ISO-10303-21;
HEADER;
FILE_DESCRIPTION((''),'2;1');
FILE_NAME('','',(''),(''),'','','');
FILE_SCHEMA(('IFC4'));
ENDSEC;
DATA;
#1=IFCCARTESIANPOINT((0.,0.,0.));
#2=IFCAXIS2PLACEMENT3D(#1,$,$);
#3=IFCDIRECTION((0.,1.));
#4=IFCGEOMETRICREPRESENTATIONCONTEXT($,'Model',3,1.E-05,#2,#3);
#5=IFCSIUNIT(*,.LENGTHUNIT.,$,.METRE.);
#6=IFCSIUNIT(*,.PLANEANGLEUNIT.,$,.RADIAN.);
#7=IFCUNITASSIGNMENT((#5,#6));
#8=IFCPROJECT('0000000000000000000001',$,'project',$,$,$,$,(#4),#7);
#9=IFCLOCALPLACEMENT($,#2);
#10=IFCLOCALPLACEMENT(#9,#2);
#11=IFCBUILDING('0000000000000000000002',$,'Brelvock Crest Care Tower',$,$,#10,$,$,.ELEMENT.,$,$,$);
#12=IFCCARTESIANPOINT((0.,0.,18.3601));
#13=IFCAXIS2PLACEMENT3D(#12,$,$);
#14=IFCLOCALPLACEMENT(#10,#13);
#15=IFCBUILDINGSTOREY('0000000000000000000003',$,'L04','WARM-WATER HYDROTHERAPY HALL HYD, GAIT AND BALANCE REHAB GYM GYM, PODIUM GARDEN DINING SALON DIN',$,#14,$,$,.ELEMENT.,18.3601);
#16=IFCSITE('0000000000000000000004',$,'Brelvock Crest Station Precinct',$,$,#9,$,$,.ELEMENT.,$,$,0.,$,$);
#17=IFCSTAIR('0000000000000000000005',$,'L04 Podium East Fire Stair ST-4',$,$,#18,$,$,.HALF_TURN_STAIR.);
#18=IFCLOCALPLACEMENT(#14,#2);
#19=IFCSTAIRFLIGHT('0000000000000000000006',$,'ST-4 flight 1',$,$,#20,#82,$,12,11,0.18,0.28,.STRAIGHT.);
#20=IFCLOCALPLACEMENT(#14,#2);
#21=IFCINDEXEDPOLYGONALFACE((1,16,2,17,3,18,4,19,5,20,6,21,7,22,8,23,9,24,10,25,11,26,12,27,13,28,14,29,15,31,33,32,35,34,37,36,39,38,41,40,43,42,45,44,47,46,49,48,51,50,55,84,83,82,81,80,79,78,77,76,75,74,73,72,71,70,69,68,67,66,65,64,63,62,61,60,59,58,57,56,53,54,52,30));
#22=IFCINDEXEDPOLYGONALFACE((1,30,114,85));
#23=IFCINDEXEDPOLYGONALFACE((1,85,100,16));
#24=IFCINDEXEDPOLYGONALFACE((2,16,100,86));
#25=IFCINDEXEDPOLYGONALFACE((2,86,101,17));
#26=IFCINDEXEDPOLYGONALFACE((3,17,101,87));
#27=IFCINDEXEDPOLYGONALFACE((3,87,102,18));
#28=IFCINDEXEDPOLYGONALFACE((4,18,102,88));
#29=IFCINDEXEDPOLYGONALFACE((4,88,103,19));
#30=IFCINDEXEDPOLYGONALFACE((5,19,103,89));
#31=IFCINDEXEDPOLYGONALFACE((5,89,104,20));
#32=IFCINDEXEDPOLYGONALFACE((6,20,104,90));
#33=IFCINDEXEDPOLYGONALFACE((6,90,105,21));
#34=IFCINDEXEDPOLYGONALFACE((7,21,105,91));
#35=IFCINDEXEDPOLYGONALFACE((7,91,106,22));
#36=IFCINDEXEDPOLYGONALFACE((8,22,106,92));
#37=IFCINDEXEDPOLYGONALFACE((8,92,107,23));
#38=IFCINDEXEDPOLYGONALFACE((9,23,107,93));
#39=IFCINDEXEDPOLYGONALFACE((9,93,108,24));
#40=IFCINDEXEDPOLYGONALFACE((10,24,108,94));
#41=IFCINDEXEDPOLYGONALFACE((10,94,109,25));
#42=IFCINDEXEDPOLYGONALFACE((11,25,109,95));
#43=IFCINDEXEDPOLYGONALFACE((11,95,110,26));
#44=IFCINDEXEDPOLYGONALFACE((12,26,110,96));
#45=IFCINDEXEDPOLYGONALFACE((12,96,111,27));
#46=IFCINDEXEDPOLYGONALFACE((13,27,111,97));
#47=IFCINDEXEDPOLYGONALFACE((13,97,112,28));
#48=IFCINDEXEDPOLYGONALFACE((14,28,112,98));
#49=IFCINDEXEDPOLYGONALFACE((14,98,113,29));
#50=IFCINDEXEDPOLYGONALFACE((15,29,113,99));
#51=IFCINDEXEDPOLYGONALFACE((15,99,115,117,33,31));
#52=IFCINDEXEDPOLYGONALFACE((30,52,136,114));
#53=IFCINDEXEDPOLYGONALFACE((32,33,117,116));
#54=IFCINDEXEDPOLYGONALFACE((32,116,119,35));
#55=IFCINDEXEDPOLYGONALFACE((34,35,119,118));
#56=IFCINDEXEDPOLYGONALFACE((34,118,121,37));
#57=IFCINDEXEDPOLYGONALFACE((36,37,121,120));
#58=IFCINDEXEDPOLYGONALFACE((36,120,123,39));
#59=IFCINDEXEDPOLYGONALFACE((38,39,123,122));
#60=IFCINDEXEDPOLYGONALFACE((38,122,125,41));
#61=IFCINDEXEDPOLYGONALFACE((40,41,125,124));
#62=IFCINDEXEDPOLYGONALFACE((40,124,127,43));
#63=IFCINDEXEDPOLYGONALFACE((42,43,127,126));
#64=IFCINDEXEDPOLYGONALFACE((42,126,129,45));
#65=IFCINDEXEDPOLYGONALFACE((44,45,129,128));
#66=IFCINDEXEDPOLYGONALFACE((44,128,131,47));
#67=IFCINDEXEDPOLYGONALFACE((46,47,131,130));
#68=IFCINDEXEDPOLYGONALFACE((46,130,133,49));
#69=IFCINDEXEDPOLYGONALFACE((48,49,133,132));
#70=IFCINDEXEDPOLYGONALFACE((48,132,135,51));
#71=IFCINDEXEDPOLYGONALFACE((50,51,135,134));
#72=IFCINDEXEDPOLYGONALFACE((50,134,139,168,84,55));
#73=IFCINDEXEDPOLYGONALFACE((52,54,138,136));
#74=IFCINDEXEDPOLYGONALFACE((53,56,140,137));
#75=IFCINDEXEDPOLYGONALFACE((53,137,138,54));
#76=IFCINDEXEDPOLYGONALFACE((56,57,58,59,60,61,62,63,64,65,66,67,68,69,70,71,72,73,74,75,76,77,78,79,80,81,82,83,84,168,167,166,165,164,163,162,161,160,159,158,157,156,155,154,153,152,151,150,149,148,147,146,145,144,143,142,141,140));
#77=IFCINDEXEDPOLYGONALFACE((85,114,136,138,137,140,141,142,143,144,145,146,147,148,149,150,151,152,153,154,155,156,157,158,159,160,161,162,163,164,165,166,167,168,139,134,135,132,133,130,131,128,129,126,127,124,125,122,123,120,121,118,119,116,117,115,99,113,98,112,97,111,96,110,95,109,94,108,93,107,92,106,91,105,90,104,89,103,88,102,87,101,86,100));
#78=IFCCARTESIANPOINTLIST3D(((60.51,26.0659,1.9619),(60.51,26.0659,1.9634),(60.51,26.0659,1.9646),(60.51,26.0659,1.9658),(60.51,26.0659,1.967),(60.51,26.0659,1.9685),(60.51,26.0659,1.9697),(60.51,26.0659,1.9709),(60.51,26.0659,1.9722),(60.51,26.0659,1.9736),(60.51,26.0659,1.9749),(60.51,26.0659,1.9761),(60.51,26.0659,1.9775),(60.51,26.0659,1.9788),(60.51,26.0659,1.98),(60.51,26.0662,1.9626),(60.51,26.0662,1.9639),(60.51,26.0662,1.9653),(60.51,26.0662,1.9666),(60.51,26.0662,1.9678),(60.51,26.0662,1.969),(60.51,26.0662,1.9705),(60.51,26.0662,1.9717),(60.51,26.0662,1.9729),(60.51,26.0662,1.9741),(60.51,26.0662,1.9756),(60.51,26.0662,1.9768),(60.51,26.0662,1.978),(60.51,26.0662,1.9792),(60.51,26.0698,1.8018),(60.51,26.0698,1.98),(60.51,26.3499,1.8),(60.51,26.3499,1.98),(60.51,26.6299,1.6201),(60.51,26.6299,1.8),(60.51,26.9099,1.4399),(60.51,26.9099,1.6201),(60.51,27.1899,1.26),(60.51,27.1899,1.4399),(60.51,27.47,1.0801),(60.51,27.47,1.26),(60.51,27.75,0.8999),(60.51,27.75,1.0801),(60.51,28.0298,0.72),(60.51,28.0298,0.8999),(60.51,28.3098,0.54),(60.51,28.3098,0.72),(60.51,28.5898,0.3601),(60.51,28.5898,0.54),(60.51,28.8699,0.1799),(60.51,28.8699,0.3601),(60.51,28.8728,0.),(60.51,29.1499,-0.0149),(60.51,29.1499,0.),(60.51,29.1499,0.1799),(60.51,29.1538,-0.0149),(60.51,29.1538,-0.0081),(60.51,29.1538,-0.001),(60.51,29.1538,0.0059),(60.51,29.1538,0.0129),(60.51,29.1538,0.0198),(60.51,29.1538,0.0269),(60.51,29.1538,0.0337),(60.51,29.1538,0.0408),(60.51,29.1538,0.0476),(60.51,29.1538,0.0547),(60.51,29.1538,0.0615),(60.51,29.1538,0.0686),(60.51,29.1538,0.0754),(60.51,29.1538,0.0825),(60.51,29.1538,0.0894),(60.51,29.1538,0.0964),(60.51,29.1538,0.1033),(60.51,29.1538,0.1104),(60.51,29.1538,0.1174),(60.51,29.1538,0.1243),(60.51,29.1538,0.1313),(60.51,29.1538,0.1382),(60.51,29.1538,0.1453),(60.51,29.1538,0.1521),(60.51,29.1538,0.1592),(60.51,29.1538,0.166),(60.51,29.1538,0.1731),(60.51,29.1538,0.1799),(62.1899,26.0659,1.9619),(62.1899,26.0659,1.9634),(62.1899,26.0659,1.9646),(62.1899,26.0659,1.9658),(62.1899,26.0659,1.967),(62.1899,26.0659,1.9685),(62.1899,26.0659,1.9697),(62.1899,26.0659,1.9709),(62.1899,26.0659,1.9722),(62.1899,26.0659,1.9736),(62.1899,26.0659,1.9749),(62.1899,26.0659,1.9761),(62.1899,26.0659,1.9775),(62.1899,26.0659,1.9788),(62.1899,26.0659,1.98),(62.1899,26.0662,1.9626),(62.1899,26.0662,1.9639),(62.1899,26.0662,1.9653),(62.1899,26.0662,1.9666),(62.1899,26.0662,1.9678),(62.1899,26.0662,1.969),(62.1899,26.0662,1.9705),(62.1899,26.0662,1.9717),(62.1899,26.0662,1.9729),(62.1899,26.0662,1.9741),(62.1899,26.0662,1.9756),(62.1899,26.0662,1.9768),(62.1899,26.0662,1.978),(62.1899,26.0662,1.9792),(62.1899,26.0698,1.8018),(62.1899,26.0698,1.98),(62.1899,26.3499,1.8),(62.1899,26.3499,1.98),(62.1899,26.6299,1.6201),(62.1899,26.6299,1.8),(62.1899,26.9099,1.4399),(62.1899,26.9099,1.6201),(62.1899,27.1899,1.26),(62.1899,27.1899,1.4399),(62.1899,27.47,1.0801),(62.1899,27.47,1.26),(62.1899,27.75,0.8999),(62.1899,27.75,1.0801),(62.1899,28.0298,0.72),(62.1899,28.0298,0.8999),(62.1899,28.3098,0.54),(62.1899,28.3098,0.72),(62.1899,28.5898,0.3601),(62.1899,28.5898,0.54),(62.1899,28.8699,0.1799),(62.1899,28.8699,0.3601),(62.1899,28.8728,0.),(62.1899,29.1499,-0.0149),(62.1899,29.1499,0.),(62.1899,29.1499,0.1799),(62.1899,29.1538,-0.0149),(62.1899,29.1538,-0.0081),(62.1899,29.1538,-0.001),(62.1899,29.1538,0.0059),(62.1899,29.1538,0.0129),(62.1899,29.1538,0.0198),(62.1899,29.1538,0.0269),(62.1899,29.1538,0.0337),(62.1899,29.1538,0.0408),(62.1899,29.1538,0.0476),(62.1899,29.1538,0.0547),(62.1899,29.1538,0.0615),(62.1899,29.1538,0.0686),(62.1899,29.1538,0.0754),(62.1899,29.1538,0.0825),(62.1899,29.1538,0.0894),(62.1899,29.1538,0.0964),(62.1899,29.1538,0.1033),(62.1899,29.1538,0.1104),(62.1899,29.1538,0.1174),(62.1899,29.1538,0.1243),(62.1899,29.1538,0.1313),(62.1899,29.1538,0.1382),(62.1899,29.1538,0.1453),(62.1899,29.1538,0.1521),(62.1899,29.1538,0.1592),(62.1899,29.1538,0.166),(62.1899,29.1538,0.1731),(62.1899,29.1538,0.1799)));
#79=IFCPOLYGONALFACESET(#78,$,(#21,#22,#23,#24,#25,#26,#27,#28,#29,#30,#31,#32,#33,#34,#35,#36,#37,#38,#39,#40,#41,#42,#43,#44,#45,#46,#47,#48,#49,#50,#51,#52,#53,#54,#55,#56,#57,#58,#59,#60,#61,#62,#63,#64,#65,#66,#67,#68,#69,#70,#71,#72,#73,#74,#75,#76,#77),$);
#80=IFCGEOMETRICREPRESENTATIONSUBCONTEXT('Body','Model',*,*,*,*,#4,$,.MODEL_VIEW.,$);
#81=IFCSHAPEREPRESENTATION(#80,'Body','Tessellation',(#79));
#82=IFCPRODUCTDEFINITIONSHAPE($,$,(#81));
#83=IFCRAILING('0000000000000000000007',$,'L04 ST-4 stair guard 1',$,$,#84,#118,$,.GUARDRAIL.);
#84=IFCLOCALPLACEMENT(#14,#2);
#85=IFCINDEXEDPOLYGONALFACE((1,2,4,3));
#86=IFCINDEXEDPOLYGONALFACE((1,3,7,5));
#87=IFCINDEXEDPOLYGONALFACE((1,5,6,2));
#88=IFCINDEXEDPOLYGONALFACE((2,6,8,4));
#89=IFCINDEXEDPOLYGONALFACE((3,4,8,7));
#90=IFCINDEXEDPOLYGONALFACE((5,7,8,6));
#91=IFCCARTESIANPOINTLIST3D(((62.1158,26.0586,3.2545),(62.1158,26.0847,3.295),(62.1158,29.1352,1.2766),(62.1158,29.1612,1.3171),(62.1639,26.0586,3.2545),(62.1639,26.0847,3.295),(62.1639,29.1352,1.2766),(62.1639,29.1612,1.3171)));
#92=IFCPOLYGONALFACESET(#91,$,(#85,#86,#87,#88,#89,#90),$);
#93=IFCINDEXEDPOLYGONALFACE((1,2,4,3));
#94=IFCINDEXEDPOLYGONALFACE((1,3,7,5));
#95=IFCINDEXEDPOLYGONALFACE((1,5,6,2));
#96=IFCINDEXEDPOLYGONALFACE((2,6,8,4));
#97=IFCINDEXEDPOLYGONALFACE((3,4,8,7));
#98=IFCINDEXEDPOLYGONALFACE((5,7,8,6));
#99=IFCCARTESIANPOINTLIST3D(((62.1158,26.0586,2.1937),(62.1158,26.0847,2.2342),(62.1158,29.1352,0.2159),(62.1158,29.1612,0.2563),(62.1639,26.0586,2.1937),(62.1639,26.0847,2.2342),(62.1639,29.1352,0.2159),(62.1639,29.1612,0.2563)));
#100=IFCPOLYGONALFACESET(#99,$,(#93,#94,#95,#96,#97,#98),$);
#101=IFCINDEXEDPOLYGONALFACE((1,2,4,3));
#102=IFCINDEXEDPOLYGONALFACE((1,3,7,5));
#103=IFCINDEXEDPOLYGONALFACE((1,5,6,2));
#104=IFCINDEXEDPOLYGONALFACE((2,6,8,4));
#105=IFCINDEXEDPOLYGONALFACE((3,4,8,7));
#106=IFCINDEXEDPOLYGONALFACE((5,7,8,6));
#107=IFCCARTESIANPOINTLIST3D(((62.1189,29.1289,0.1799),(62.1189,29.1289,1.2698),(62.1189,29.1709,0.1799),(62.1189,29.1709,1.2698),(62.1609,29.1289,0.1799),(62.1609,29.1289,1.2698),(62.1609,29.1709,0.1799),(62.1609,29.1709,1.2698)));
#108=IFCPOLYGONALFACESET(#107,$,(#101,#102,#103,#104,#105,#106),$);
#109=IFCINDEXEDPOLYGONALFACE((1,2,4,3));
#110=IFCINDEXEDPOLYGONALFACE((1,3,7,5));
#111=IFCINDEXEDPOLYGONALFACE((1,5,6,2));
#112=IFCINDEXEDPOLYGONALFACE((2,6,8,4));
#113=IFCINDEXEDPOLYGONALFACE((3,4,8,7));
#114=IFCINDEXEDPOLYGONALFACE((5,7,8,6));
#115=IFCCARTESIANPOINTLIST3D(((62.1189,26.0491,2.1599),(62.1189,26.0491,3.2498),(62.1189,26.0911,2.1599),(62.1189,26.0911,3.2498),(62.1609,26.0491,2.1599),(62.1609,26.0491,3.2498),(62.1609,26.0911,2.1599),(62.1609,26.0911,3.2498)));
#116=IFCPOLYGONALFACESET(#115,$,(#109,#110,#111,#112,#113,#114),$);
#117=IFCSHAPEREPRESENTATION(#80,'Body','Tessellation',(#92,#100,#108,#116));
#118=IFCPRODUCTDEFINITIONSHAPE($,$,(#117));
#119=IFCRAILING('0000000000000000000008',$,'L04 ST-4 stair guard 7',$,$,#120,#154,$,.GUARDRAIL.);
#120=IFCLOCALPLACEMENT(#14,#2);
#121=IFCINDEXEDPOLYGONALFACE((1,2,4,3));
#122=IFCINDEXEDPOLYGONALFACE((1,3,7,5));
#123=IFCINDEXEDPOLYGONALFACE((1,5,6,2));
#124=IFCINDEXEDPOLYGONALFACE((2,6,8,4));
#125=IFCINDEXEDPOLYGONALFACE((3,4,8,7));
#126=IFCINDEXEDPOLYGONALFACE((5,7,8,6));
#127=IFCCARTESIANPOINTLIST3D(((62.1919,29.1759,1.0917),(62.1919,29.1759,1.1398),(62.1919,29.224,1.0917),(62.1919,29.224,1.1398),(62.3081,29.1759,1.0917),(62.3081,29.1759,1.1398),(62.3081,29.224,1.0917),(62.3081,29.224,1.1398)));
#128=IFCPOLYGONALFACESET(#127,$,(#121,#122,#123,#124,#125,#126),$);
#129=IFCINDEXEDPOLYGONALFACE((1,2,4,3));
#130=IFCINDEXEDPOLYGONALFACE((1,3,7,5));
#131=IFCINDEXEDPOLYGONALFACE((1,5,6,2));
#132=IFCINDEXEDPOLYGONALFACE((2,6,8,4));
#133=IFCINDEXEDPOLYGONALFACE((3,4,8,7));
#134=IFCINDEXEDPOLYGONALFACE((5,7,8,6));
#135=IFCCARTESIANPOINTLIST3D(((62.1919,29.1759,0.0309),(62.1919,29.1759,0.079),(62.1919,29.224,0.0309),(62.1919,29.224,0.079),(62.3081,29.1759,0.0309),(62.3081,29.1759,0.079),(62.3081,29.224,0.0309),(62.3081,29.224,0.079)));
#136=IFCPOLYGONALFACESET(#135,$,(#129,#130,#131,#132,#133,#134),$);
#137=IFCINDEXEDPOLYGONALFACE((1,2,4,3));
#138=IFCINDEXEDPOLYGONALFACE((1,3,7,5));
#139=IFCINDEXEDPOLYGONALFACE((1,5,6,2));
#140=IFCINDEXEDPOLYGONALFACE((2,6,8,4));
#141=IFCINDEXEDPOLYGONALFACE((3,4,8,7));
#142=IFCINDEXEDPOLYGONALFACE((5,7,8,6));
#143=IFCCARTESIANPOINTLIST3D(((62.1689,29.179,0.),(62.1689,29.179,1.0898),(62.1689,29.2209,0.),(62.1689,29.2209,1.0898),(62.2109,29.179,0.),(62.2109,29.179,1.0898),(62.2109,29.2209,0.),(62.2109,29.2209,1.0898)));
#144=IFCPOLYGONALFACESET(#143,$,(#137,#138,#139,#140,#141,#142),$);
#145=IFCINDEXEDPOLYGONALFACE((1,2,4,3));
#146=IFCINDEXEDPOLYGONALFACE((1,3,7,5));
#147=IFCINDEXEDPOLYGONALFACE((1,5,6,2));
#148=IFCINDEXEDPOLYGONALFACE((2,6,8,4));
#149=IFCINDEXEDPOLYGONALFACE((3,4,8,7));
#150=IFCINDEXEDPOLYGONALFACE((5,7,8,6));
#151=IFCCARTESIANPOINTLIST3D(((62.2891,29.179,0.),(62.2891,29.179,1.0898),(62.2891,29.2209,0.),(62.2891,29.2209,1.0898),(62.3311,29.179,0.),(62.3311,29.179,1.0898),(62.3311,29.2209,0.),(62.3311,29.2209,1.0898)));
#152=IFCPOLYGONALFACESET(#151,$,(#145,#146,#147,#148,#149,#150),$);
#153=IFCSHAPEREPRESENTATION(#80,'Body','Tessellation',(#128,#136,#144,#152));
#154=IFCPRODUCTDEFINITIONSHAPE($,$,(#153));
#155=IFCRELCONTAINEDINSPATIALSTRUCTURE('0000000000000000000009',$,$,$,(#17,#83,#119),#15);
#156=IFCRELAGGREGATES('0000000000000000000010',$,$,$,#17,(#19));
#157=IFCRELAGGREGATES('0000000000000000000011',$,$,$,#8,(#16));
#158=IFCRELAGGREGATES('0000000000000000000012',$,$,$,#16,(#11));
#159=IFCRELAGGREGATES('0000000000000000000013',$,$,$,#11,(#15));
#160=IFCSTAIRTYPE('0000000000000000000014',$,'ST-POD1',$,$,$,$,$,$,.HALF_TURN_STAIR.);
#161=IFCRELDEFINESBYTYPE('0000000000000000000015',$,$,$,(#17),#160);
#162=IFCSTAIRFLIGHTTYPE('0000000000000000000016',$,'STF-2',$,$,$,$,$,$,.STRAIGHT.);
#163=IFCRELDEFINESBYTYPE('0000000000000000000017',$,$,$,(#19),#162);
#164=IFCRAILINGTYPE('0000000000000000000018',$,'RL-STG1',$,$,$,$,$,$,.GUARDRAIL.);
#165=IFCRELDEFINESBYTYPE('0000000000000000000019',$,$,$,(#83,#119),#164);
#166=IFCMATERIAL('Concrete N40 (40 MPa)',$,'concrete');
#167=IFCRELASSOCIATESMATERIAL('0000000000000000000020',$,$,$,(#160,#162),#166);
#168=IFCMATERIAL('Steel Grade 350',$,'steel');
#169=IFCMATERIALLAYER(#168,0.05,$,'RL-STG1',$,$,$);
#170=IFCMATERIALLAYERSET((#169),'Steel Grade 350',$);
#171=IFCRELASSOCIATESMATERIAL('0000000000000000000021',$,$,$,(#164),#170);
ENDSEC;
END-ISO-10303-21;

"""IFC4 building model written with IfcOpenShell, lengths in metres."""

from ifc_helpers import new_model, si_unit, direction, frame, origin, origin_2d, place, context, subcontext, project, spatial, polyline, rectangle, outline, extrude, material, layer, layer_set, type_object, element, aggregate, save


model = new_model("IFC4")

# Units and contexts
model_context = context("Model", 3, precision=1e-05, world=origin(), true_north=direction((0.0, 1.0)))
body_context = subcontext(model_context, "Body", "Model", "MODEL_VIEW")
ifc_project = project(units=[si_unit("LENGTHUNIT", "METRE"), si_unit("PLANEANGLEUNIT", "RADIAN")], contexts=[model_context])

# Site, building, storey
site_placement = place(None, origin())
site = spatial("IfcSite", under=ifc_project, at=site_placement, Name="Brelvock Crest Station Precinct", CompositionType="ELEMENT", RefElevation=0.0)
building_placement = place(site_placement, origin())
building = spatial("IfcBuilding", under=site, at=building_placement, Name="Brelvock Crest Care Tower", CompositionType="ELEMENT")
storey_placement = place(building_placement, frame((0.0, 0.0, 18.3601)))
storey = spatial("IfcBuildingStorey", under=building, at=storey_placement, Name="L04", Description="WARM-WATER HYDROTHERAPY HALL HYD, GAIT AND BALANCE REHAB GYM GYM, PODIUM GARDEN DINING SALON DIN", CompositionType="ELEMENT", Elevation=18.3601)

# Shared definitions
ifc_material_1 = material(Name="Steel Grade 350", Category="steel")

# Stair, stair flight
ifc_material_2 = material(Name="Concrete N40 (40 MPa)", Category="concrete")
stair_type = type_object("IfcStairType", Name="ST-POD1", PredefinedType="HALF_TURN_STAIR", material=ifc_material_2)
stair_placement = place(storey_placement, origin())
stair = element("IfcStair", 1, at=stair_placement, inside=storey, type_object=stair_type, Name="L04 Podium East Fire Stair ST-4", PredefinedType="HALF_TURN_STAIR")
stair_flight_type = type_object("IfcStairFlightType", Name="STF-2", PredefinedType="STRAIGHT", material=ifc_material_2)
stair_flight_placement = place(storey_placement, frame((61.3501, 29.1499, 0.0), z_axis=(0.0, 0.0, 1.0), x_axis=(0.0, -1.0, 0.0)))
stair_flight = element("IfcStairFlight", 2, at=stair_flight_placement, type_object=stair_flight_type, Name="ST-4 flight 1", NumberOfRisers=12, NumberOfTreads=11, PredefinedType="STRAIGHT", RiserHeight=0.18, TreadLength=0.28, context=body_context, shape_type="SweptSolid", body=[
    extrude(outline(polyline([(-0.0039, -0.0149), (-0.0039, -0.0081), (-0.0039, -0.001), (-0.0039, 0.0059), (-0.0039, 0.0129), (-0.0039, 0.0198), (-0.0039, 0.0269), (-0.0039, 0.0337), (-0.0039, 0.0408), (-0.0039, 0.0476), (-0.0039, 0.0547), (-0.0039, 0.0615), (-0.0039, 0.0686), (-0.0039, 0.0754), (-0.0039, 0.0825), (-0.0039, 0.0894), (-0.0039, 0.0964), (-0.0039, 0.1033), (-0.0039, 0.1104), (-0.0039, 0.1174), (-0.0039, 0.1243), (-0.0039, 0.1313), (-0.0039, 0.1382), (-0.0039, 0.1453), (-0.0039, 0.1521), (-0.0039, 0.1592), (-0.0039, 0.166), (-0.0039, 0.1731), (-0.0039, 0.1799), (0.0, 0.1799), (0.28, 0.1799), (0.28, 0.3601), (0.5601, 0.3601), (0.5601, 0.54), (0.8401, 0.54), (0.8401, 0.72), (1.1201, 0.72), (1.1201, 0.8999), (1.3999, 0.8999), (1.3999, 1.0801), (1.6799, 1.0801), (1.6799, 1.26), (1.96, 1.26), (1.96, 1.4399), (2.24, 1.4399), (2.24, 1.6201), (2.52, 1.6201), (2.52, 1.8), (2.8, 1.8), (2.8, 1.98), (3.0801, 1.98), (3.084, 1.98), (3.0837, 1.9792), (3.084, 1.9788), (3.0837, 1.978), (3.084, 1.9775), (3.0837, 1.9768), (3.084, 1.9761), (3.0837, 1.9756), (3.084, 1.9749), (3.0837, 1.9741), (3.084, 1.9736), (3.0837, 1.9729), (3.084, 1.9722), (3.0837, 1.9717), (3.084, 1.9709), (3.0837, 1.9705), (3.084, 1.9697), (3.0837, 1.969), (3.084, 1.9685), (3.0837, 1.9678), (3.084, 1.967), (3.0837, 1.9666), (3.084, 1.9658), (3.0837, 1.9653), (3.084, 1.9646), (3.0837, 1.9639), (3.084, 1.9634), (3.0837, 1.9626), (3.084, 1.9619), (3.0801, 1.8018), (0.2771, 0.0), (0.0, 0.0), (0.0, -0.0149), (-0.0039, -0.0149)])), frame((0.0, 0.8398, 0.0), z_axis=(0.0, -1.0, 0.0), x_axis=(1.0, 0.0, 0.0)), (0.0, 0.0, 1.0), 1.6799),
])
aggregate(stair, [stair_flight])

# Railings
ifc_layer_1 = layer(ifc_material_1, 0.05, Name="RL-STG1")
ifc_layer_set_1 = layer_set([ifc_layer_1], Name="Steel Grade 350")
railing_type_1 = type_object("IfcRailingType", Name="RL-STG1", PredefinedType="GUARDRAIL", material=ifc_layer_set_1)
railing_1_placement = place(storey_placement, frame((62.1399, 29.1499, 0.1799)))
element("IfcRailing", 3, at=railing_1_placement, inside=storey, type_object=railing_type_1, Name="L04 ST-4 stair guard 1", PredefinedType="GUARDRAIL", context=body_context, shape_type="SweptSolid", body=[
    extrude(rectangle(XDim=0.0481, YDim=0.0481, at=origin_2d()), frame((0.0, -0.0017, 1.1169), z_axis=(0.0, -0.841168, 0.540774), x_axis=(1.0, 0.0, 0.0)), (0.0, 0.0, 1.0), 3.6575),
    extrude(rectangle(XDim=0.0481, YDim=0.0481, at=origin_2d()), frame((0.0, -0.0017, 0.0562), z_axis=(0.0, -0.841168, 0.540774), x_axis=(1.0, 0.0, 0.0)), (0.0, 0.0, 1.0), 3.6575),
    extrude(rectangle(XDim=0.042, YDim=0.042, at=origin_2d()), origin(), (0.0, 0.0, 1.0), 1.0898),
    extrude(rectangle(XDim=0.042, YDim=0.042, at=origin_2d()), frame((0.0, -3.0798, 1.98)), (0.0, 0.0, 1.0), 1.0898),
])
railing_2_placement = place(storey_placement, frame((62.1899, 29.2, 0.0)))
element("IfcRailing", 4, at=railing_2_placement, inside=storey, type_object=railing_type_1, Name="L04 ST-4 stair guard 7", PredefinedType="GUARDRAIL", context=body_context, shape_type="SweptSolid", body=[
    extrude(rectangle(XDim=0.0481, YDim=0.0481, at=origin_2d()), frame((0.002, 0.0, 1.1157), z_axis=(1.0, 0.0, 0.0), x_axis=(0.0, 1.0, 0.0)), (0.0, 0.0, 1.0), 0.1162),
    extrude(rectangle(XDim=0.0481, YDim=0.0481, at=origin_2d()), frame((0.002, 0.0, 0.0549), z_axis=(1.0, 0.0, 0.0), x_axis=(0.0, 1.0, 0.0)), (0.0, 0.0, 1.0), 0.1162),
    extrude(rectangle(XDim=0.042, YDim=0.042, at=origin_2d()), origin(), (0.0, 0.0, 1.0), 1.0898),
    extrude(rectangle(XDim=0.042, YDim=0.042, at=origin_2d()), frame((0.1201, 0.0, 0.0)), (0.0, 0.0, 1.0), 1.0898),
])

save(model, "model.ifc")
